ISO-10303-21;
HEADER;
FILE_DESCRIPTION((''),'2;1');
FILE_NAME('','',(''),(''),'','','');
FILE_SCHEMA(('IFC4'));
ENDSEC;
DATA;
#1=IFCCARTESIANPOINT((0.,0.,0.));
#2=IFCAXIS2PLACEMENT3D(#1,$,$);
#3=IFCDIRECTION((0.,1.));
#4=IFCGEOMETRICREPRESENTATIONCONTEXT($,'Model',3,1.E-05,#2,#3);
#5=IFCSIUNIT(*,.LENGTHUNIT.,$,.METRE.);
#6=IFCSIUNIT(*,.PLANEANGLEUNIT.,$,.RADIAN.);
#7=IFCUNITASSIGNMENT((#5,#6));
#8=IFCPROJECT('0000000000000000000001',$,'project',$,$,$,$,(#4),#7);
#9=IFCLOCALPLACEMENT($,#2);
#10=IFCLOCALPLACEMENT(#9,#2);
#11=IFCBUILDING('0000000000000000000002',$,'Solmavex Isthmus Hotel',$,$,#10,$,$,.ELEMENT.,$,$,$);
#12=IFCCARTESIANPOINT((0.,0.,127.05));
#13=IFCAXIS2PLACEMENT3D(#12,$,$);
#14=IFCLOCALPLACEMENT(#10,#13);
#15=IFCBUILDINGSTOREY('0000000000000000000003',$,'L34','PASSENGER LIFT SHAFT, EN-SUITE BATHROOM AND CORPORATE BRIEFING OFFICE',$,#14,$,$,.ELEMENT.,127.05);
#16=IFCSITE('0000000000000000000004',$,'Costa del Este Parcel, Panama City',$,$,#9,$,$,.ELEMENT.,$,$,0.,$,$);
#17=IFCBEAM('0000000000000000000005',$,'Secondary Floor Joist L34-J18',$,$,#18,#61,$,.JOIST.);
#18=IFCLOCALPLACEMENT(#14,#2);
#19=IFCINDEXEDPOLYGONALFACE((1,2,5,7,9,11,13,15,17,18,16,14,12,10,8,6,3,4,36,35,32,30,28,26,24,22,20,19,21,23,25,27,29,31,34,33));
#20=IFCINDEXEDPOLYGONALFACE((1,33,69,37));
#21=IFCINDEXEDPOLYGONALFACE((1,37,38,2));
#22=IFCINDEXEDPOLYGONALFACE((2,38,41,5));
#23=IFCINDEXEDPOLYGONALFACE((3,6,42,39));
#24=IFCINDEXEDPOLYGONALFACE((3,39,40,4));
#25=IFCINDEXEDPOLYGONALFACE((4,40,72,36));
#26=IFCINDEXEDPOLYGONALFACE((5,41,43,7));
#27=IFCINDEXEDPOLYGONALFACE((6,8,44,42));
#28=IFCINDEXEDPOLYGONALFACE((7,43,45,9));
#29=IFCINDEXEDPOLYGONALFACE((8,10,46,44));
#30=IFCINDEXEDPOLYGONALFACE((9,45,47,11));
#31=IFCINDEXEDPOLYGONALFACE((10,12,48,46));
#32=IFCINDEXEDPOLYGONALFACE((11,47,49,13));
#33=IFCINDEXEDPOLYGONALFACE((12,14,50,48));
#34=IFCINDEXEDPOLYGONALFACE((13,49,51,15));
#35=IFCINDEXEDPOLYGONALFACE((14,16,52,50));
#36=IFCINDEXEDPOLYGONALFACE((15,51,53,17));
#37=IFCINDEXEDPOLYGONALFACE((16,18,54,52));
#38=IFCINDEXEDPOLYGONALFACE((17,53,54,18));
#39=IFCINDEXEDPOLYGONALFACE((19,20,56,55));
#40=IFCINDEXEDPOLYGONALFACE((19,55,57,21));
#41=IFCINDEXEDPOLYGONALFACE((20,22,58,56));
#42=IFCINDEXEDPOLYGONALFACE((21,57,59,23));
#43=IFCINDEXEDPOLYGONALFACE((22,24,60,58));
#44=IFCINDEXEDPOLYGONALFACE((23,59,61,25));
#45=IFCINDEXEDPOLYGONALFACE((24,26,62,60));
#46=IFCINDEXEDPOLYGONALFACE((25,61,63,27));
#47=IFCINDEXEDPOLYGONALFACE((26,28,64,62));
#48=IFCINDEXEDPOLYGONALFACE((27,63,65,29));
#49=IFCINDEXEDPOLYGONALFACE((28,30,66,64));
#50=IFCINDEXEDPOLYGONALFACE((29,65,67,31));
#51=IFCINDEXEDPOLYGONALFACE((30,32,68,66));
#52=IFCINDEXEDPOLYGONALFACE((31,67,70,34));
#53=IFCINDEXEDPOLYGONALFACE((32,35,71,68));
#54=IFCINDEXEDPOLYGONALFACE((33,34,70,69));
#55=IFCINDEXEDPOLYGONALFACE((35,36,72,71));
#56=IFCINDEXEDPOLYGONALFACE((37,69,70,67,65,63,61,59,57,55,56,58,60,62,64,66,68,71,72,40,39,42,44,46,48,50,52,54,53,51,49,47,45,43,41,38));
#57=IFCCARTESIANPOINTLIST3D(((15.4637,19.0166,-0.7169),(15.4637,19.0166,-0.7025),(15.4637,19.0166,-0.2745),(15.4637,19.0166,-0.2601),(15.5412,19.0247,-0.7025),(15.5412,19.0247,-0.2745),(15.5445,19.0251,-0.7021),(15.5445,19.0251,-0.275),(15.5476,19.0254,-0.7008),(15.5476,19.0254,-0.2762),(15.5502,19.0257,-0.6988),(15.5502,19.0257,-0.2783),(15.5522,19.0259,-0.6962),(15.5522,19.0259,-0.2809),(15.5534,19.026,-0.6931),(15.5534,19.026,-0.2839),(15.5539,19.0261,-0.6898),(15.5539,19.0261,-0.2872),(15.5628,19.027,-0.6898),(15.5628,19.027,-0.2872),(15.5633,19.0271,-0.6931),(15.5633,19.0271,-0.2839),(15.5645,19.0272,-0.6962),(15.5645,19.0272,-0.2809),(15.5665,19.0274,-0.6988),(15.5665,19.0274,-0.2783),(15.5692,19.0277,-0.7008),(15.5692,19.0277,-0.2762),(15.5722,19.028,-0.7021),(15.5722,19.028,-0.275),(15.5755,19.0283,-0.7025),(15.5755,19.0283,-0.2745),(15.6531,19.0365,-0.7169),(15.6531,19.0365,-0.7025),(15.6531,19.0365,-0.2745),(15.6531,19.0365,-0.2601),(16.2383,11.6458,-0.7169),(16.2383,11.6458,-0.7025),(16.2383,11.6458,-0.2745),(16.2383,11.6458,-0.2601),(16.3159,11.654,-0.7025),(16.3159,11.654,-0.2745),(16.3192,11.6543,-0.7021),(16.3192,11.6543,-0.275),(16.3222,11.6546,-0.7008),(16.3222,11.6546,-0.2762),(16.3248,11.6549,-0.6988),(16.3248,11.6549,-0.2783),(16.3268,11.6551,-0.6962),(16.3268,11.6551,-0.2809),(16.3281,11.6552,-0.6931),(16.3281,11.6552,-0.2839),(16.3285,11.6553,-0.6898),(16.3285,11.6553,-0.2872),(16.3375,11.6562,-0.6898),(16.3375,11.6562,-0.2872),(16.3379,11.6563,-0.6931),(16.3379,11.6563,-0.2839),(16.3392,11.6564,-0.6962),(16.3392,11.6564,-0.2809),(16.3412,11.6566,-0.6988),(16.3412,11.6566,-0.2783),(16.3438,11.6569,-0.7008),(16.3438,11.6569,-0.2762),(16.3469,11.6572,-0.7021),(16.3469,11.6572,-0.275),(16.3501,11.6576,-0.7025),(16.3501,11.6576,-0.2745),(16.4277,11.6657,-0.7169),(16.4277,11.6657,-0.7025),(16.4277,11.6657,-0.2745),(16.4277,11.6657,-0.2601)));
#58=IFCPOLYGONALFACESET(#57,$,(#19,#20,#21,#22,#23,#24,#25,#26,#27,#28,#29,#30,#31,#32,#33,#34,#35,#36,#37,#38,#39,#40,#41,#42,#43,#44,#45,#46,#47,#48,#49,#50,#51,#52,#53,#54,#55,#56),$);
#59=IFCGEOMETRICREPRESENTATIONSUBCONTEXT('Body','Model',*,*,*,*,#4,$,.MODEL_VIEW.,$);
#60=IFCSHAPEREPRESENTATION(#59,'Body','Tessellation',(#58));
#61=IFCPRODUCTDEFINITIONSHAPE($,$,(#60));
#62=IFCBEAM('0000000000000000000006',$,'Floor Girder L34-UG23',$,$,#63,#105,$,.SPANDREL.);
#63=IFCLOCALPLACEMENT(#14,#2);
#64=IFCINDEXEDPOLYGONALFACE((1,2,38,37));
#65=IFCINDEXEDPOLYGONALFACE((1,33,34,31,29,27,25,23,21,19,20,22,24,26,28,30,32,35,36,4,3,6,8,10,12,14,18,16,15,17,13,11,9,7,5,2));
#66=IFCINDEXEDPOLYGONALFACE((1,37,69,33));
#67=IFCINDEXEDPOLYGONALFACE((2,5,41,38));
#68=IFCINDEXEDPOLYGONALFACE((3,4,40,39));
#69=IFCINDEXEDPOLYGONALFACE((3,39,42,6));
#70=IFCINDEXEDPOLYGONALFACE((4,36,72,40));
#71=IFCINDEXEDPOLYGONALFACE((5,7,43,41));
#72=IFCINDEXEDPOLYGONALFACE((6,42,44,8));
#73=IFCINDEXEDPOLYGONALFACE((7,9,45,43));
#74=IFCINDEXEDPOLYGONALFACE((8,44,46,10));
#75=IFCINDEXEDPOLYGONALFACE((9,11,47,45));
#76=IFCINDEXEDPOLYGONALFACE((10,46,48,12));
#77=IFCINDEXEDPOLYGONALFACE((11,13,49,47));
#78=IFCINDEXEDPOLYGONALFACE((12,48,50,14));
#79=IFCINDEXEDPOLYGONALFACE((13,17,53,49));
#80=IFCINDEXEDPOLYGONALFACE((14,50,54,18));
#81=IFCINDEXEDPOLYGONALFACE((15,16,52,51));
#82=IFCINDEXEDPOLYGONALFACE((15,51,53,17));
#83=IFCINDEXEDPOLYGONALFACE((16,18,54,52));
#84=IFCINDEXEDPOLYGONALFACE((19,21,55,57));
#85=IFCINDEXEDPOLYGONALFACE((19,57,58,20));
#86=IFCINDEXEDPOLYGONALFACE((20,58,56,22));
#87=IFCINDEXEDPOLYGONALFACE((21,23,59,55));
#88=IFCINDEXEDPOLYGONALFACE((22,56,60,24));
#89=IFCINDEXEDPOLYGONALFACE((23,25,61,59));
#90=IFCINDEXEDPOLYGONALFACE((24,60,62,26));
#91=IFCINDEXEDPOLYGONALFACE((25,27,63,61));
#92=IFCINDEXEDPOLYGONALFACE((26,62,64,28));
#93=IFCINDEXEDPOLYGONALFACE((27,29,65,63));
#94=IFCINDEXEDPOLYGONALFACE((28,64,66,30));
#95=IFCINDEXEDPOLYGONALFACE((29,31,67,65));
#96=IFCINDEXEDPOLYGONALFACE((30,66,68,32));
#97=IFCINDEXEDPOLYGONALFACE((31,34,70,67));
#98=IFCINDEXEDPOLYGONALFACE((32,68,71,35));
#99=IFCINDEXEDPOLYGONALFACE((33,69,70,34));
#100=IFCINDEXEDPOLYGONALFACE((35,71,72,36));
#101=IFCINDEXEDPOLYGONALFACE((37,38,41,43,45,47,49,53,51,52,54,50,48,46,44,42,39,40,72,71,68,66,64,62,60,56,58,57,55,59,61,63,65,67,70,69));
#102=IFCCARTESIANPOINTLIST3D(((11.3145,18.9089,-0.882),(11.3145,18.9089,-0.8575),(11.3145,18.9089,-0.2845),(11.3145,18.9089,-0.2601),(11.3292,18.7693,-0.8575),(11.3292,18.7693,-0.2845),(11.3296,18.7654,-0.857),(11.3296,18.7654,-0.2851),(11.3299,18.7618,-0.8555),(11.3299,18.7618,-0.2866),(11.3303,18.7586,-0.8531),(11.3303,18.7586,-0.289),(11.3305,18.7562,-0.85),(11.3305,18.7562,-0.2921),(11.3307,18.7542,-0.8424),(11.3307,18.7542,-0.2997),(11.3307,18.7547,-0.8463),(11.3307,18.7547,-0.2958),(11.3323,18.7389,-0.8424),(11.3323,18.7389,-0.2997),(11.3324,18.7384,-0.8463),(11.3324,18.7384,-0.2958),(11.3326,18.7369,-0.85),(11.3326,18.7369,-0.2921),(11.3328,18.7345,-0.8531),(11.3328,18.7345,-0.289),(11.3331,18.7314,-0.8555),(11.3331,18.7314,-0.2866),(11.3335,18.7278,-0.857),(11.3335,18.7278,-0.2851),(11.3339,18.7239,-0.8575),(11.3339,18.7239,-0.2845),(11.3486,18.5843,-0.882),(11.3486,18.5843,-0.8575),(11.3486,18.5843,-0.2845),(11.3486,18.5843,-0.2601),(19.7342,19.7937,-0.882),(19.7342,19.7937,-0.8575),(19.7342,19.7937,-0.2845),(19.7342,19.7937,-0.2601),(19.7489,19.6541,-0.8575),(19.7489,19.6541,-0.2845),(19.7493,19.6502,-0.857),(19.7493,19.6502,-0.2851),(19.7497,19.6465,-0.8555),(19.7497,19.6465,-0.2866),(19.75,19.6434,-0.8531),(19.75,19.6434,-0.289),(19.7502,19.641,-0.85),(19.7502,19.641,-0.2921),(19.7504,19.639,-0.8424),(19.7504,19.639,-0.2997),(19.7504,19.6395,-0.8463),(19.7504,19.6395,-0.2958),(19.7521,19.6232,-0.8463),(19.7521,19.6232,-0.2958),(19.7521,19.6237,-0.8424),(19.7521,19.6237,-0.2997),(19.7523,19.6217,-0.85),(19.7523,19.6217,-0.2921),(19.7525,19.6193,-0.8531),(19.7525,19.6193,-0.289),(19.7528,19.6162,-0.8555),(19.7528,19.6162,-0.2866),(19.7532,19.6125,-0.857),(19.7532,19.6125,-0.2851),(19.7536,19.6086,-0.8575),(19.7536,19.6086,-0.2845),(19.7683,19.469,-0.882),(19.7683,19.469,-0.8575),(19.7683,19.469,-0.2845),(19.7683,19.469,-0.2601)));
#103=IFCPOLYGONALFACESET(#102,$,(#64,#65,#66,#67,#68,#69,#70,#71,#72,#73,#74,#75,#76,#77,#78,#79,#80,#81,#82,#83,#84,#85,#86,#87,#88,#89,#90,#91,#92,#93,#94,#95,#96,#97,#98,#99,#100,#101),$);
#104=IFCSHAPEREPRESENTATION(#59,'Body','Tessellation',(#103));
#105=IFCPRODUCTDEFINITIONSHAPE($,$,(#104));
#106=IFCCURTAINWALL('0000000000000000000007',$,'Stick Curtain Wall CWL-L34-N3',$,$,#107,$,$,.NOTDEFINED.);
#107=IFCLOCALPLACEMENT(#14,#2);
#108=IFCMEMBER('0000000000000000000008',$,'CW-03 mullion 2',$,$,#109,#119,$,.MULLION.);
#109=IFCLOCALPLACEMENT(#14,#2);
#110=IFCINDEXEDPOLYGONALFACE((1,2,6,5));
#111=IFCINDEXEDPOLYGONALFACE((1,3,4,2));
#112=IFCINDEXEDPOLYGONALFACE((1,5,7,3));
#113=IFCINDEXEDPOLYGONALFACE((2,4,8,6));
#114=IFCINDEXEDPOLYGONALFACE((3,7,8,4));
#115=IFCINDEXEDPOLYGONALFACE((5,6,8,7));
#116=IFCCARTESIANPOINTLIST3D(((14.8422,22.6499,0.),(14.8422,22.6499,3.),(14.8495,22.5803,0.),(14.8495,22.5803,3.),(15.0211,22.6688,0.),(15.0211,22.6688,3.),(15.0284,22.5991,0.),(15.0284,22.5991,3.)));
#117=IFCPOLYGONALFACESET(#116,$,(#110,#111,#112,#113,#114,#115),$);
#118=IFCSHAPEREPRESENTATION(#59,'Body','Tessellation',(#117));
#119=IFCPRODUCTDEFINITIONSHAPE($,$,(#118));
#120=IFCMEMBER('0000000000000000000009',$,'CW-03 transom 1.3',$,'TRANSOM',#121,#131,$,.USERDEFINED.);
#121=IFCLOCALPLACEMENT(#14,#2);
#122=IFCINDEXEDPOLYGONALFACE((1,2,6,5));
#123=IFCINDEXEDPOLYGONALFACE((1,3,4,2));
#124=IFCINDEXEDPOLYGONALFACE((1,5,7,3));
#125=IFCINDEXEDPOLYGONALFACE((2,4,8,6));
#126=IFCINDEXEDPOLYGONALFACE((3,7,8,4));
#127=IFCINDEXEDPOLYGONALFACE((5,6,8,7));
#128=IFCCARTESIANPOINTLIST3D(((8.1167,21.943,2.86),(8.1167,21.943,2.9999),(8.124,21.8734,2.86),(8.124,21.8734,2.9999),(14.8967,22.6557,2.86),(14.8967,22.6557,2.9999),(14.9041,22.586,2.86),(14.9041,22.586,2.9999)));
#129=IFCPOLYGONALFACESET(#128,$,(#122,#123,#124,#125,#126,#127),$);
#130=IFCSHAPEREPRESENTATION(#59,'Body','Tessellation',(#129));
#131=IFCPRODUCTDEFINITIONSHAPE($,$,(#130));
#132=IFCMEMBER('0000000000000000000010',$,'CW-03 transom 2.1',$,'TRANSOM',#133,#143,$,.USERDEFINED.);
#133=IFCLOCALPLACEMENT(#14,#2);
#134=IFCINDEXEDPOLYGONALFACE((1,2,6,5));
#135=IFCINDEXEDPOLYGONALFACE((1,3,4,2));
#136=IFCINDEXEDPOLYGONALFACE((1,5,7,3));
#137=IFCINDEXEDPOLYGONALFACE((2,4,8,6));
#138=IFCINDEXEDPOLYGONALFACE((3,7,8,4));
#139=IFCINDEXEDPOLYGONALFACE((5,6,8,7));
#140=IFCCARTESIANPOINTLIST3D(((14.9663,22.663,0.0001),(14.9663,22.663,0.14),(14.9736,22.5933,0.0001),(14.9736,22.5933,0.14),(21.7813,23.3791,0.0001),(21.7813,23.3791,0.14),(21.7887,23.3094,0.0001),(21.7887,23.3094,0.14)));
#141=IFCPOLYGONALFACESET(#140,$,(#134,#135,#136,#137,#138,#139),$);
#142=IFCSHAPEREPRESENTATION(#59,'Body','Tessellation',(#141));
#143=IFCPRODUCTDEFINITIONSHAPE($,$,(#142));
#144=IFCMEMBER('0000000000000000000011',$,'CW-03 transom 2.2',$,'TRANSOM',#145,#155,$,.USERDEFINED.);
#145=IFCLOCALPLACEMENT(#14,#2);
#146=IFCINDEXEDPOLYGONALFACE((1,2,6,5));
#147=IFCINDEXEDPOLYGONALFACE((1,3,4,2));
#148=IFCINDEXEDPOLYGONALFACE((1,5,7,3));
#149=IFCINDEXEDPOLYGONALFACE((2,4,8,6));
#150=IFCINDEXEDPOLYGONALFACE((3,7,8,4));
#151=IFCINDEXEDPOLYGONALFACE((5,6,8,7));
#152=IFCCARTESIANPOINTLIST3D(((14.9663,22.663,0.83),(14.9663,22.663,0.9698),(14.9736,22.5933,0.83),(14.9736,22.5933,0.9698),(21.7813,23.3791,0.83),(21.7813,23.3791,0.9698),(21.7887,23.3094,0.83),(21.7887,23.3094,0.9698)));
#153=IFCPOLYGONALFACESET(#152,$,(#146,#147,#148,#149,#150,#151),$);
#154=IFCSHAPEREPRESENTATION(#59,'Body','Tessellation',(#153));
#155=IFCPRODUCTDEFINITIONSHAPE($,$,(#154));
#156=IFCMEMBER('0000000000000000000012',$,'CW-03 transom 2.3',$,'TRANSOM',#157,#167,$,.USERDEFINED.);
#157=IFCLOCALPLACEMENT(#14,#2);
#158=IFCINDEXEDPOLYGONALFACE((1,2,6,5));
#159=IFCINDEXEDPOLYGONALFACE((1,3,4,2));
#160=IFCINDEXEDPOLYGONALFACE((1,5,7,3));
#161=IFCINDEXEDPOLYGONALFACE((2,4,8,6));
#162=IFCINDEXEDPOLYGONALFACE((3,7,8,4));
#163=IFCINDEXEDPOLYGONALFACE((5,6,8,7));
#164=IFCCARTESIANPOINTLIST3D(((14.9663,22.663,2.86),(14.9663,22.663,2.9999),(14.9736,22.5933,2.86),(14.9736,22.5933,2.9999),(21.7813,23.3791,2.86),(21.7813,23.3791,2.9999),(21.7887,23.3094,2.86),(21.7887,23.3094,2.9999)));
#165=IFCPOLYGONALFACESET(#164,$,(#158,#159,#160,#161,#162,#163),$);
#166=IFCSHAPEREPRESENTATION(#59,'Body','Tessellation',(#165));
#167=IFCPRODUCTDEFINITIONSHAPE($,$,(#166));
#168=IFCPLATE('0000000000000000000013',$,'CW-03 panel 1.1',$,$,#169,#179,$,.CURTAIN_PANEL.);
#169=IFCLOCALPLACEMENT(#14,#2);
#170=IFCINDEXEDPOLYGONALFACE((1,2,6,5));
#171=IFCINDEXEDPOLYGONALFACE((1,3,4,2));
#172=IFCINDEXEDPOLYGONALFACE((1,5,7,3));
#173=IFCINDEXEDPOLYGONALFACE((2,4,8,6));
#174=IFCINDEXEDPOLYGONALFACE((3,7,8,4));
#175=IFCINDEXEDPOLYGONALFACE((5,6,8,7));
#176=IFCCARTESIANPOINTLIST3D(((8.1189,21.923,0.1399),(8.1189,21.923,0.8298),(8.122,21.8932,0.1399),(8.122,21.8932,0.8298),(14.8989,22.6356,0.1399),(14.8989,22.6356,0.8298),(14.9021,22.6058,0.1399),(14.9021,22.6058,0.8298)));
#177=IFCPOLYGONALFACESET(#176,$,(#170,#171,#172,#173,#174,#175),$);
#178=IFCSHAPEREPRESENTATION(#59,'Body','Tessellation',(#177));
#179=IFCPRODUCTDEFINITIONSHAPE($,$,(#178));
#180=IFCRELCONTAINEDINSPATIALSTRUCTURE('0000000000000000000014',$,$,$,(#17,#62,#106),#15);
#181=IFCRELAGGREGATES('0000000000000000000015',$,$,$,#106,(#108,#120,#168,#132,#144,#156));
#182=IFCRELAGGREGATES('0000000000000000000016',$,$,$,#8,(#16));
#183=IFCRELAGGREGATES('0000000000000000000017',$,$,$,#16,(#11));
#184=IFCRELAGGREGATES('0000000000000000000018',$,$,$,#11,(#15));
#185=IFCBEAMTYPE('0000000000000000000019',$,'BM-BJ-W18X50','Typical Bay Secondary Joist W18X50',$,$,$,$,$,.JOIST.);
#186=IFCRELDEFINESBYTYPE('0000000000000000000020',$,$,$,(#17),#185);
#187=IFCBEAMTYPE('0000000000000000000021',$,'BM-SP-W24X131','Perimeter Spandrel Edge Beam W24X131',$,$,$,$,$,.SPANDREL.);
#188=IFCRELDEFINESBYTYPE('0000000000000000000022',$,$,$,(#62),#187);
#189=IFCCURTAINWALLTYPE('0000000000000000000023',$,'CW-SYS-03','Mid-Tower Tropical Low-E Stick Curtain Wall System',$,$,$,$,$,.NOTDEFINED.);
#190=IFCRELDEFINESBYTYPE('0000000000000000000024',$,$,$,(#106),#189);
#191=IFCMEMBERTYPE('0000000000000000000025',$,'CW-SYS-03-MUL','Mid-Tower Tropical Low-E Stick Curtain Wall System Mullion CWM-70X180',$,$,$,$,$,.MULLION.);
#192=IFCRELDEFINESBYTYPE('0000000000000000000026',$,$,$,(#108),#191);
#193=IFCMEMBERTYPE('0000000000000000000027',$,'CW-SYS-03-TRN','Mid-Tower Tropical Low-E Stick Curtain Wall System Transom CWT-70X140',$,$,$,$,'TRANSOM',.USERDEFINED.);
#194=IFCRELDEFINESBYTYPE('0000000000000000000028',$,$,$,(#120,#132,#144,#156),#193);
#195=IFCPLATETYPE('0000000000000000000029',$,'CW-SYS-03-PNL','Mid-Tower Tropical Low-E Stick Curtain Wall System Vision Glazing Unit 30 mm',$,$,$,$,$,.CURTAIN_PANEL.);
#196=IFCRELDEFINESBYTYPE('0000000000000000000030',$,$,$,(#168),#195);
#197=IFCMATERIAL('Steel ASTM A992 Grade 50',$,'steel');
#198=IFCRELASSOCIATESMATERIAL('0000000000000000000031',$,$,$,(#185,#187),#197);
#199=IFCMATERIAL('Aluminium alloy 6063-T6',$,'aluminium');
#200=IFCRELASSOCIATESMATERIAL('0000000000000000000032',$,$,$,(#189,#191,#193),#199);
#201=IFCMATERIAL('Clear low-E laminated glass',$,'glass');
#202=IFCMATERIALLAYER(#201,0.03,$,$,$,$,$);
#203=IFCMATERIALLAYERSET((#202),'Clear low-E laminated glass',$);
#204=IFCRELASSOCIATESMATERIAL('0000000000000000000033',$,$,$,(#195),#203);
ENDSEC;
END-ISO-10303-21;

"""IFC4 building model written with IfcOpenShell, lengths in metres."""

from ifc_helpers import new_model, si_unit, direction, frame, origin, origin_2d, place, context, subcontext, project, spatial, rectangle, i_section, extrude, material, layer, layer_set, material_profile, profile_set, type_object, element, aggregate, save


model = new_model("IFC4")

# Units and contexts
model_context = context("Model", 3, precision=1e-05, world=origin(), true_north=direction((0.0, 1.0)))
body_context = subcontext(model_context, "Body", "Model", "MODEL_VIEW")
ifc_project = project(units=[si_unit("LENGTHUNIT", "METRE"), si_unit("PLANEANGLEUNIT", "RADIAN")], contexts=[model_context])

# Site, building, storey
site_placement = place(None, origin())
site = spatial("IfcSite", under=ifc_project, at=site_placement, Name="Costa del Este Parcel, Panama City", CompositionType="ELEMENT", RefElevation=0.0)
building_placement = place(site_placement, origin())
building = spatial("IfcBuilding", under=site, at=building_placement, Name="Solmavex Isthmus Hotel", CompositionType="ELEMENT")
storey_placement = place(building_placement, frame((0.0, 0.0, 127.05)))
storey = spatial("IfcBuildingStorey", under=building, at=storey_placement, Name="L34", Description="PASSENGER LIFT SHAFT, EN-SUITE BATHROOM AND CORPORATE BRIEFING OFFICE", CompositionType="ELEMENT", Elevation=127.05)

# Beams
ifc_material_1 = material(Name="Steel ASTM A992 Grade 50", Category="steel")
ifc_material_profile_1 = material_profile(ifc_material_1, i_section(OverallWidth=0.1904, OverallDepth=0.4568, WebThickness=0.009, FlangeThickness=0.0144, FilletRadius=0.0127, at=origin_2d()), Name="W18X50")
ifc_profile_set_1 = profile_set([ifc_material_profile_1], Name="Steel ASTM A992 Grade 50")
beam_type_1 = type_object("IfcBeamType", Name="BM-BJ-W18X50", Description="Typical Bay Secondary Joist W18X50", PredefinedType="JOIST", material=ifc_profile_set_1)
beam_1_placement = place(storey_placement, frame((16.333, 11.6558, -0.4885), z_axis=(-0.104522, 0.994523, 0.0), x_axis=(-0.994523, -0.104522, 0.0)))
element("IfcBeam", 1, at=beam_1_placement, inside=storey, type_object=beam_type_1, Name="Secondary Floor Joist L34-J18", PredefinedType="JOIST", context=body_context, shape_type="SweptSolid", body=[
    extrude(i_section(OverallWidth=0.1904, OverallDepth=0.4568, WebThickness=0.009, FlangeThickness=0.0144, FilletRadius=0.0127, at=origin_2d()), origin(), (0.0, 0.0, 1.0), 7.4114),
])
ifc_material_profile_2 = material_profile(ifc_material_1, i_section(OverallWidth=0.3264, OverallDepth=0.6218, WebThickness=0.0154, FlangeThickness=0.0244, FilletRadius=0.0151, at=origin_2d()), Name="W24X131")
ifc_profile_set_2 = profile_set([ifc_material_profile_2], Name="Steel ASTM A992 Grade 50")
beam_type_2 = type_object("IfcBeamType", Name="BM-SP-W24X131", Description="Perimeter Spandrel Edge Beam W24X131", PredefinedType="SPANDREL", material=ifc_profile_set_2)
beam_2_placement = place(storey_placement, frame((11.3315, 18.7466, -0.571), z_axis=(0.994524, 0.104508, 0.0), x_axis=(-0.104508, 0.994524, 0.0)))
element("IfcBeam", 2, at=beam_2_placement, inside=storey, type_object=beam_type_2, Name="Floor Girder L34-UG23", PredefinedType="SPANDREL", context=body_context, shape_type="SweptSolid", body=[
    extrude(i_section(OverallWidth=0.3264, OverallDepth=0.6218, WebThickness=0.0154, FlangeThickness=0.0244, FilletRadius=0.0151, at=origin_2d()), origin(), (0.0, 0.0, 1.0), 8.4661),
])

# Curtain wall, members, plate
ifc_material_2 = material(Name="Aluminium alloy 6063-T6", Category="aluminium")
curtain_wall_type = type_object("IfcCurtainWallType", Name="CW-SYS-03", Description="Mid-Tower Tropical Low-E Stick Curtain Wall System", PredefinedType="NOTDEFINED", material=ifc_material_2)
curtain_wall_placement = place(storey_placement, origin())
curtain_wall = element("IfcCurtainWall", 3, at=curtain_wall_placement, inside=storey, type_object=curtain_wall_type, Name="Stick Curtain Wall CWL-L34-N3", PredefinedType="NOTDEFINED")
ifc_material_profile_3 = material_profile(ifc_material_2, rectangle(XDim=0.0701, YDim=0.1799, at=origin_2d()), Name="CWM-70X180")
ifc_profile_set_3 = profile_set([ifc_material_profile_3], Name="Aluminium alloy 6063-T6")
member_type_1 = type_object("IfcMemberType", Name="CW-SYS-03-MUL", Description="Mid-Tower Tropical Low-E Stick Curtain Wall System Mullion CWM-70X180", PredefinedType="MULLION", material=ifc_profile_set_3)
member_1_placement = place(storey_placement, frame((14.9353, 22.6245, 0.0), z_axis=(0.0, 0.0, 1.0), x_axis=(-0.104528, 0.994522, 0.0)))
member_1 = element("IfcMember", 4, at=member_1_placement, type_object=member_type_1, Name="CW-03 mullion 2", PredefinedType="MULLION", context=body_context, shape_type="SweptSolid", body=[
    extrude(rectangle(XDim=0.0701, YDim=0.1799, at=origin_2d()), origin(), (0.0, 0.0, 1.0), 3.0),
])
ifc_material_profile_4 = material_profile(ifc_material_2, rectangle(XDim=0.0701, YDim=0.1399, at=origin_2d()), Name="CWT-70X140")
ifc_profile_set_4 = profile_set([ifc_material_profile_4], Name="Aluminium alloy 6063-T6")
member_type_2 = type_object("IfcMemberType", Name="CW-SYS-03-TRN", Description="Mid-Tower Tropical Low-E Stick Curtain Wall System Transom CWT-70X140", ElementType="TRANSOM", PredefinedType="USERDEFINED", material=ifc_profile_set_4)
member_2_placement = place(storey_placement, frame((8.1204, 21.9082, 2.9299), z_axis=(0.994521, 0.104534, 0.0), x_axis=(-0.104534, 0.994521, 0.0)))
member_2 = element("IfcMember", 5, at=member_2_placement, type_object=member_type_2, Name="CW-03 transom 1.3", ObjectType="TRANSOM", PredefinedType="USERDEFINED", context=body_context, shape_type="SweptSolid", body=[
    extrude(rectangle(XDim=0.0701, YDim=0.1399, at=origin_2d()), origin(), (0.0, 0.0, 1.0), 6.8174),
])
member_3_placement = place(storey_placement, frame((14.97, 22.6282, 0.0701), z_axis=(0.994525, 0.104497, 0.0), x_axis=(-0.104497, 0.994525, 0.0)))
member_3 = element("IfcMember", 6, at=member_3_placement, type_object=member_type_2, Name="CW-03 transom 2.1", ObjectType="TRANSOM", PredefinedType="USERDEFINED", context=body_context, shape_type="SweptSolid", body=[
    extrude(rectangle(XDim=0.0701, YDim=0.1399, at=origin_2d()), origin(), (0.0, 0.0, 1.0), 6.8525),
])
member_4_placement = place(storey_placement, frame((14.97, 22.6282, 0.8999), z_axis=(0.994525, 0.104497, 0.0), x_axis=(-0.104497, 0.994525, 0.0)))
member_4 = element("IfcMember", 7, at=member_4_placement, type_object=member_type_2, Name="CW-03 transom 2.2", ObjectType="TRANSOM", PredefinedType="USERDEFINED", context=body_context, shape_type="SweptSolid", body=[
    extrude(rectangle(XDim=0.0701, YDim=0.1399, at=origin_2d()), origin(), (0.0, 0.0, 1.0), 6.8525),
])
member_5_placement = place(storey_placement, frame((14.97, 22.6282, 2.9299), z_axis=(0.994525, 0.104497, 0.0), x_axis=(-0.104497, 0.994525, 0.0)))
member_5 = element("IfcMember", 8, at=member_5_placement, type_object=member_type_2, Name="CW-03 transom 2.3", ObjectType="TRANSOM", PredefinedType="USERDEFINED", context=body_context, shape_type="SweptSolid", body=[
    extrude(rectangle(XDim=0.0701, YDim=0.1399, at=origin_2d()), origin(), (0.0, 0.0, 1.0), 6.8525),
])
ifc_material_3 = material(Name="Clear low-E laminated glass", Category="glass")
ifc_layer_1 = layer(ifc_material_3, 0.03)
ifc_layer_set_1 = layer_set([ifc_layer_1], Name="Clear low-E laminated glass")
plate_type = type_object("IfcPlateType", Name="CW-SYS-03-PNL", Description="Mid-Tower Tropical Low-E Stick Curtain Wall System Vision Glazing Unit 30 mm", PredefinedType="CURTAIN_PANEL", material=ifc_layer_set_1)
plate_1_placement = place(storey_placement, frame((11.5105, 22.2644, 0.1399), z_axis=(0.0, 0.0, 1.0), x_axis=(0.994522, 0.104528, 0.0)))
plate_1 = element("IfcPlate", 9, at=plate_1_placement, type_object=plate_type, Name="CW-03 panel 1.1", PredefinedType="CURTAIN_PANEL", context=body_context, shape_type="SweptSolid", body=[
    extrude(rectangle(XDim=6.8174, YDim=0.03, at=origin_2d()), origin(), (0.0, 0.0, 1.0), 0.6899),
])
aggregate(curtain_wall, [member_1, member_2, plate_1, member_3, member_4, member_5])

save(model, "model.ifc")
